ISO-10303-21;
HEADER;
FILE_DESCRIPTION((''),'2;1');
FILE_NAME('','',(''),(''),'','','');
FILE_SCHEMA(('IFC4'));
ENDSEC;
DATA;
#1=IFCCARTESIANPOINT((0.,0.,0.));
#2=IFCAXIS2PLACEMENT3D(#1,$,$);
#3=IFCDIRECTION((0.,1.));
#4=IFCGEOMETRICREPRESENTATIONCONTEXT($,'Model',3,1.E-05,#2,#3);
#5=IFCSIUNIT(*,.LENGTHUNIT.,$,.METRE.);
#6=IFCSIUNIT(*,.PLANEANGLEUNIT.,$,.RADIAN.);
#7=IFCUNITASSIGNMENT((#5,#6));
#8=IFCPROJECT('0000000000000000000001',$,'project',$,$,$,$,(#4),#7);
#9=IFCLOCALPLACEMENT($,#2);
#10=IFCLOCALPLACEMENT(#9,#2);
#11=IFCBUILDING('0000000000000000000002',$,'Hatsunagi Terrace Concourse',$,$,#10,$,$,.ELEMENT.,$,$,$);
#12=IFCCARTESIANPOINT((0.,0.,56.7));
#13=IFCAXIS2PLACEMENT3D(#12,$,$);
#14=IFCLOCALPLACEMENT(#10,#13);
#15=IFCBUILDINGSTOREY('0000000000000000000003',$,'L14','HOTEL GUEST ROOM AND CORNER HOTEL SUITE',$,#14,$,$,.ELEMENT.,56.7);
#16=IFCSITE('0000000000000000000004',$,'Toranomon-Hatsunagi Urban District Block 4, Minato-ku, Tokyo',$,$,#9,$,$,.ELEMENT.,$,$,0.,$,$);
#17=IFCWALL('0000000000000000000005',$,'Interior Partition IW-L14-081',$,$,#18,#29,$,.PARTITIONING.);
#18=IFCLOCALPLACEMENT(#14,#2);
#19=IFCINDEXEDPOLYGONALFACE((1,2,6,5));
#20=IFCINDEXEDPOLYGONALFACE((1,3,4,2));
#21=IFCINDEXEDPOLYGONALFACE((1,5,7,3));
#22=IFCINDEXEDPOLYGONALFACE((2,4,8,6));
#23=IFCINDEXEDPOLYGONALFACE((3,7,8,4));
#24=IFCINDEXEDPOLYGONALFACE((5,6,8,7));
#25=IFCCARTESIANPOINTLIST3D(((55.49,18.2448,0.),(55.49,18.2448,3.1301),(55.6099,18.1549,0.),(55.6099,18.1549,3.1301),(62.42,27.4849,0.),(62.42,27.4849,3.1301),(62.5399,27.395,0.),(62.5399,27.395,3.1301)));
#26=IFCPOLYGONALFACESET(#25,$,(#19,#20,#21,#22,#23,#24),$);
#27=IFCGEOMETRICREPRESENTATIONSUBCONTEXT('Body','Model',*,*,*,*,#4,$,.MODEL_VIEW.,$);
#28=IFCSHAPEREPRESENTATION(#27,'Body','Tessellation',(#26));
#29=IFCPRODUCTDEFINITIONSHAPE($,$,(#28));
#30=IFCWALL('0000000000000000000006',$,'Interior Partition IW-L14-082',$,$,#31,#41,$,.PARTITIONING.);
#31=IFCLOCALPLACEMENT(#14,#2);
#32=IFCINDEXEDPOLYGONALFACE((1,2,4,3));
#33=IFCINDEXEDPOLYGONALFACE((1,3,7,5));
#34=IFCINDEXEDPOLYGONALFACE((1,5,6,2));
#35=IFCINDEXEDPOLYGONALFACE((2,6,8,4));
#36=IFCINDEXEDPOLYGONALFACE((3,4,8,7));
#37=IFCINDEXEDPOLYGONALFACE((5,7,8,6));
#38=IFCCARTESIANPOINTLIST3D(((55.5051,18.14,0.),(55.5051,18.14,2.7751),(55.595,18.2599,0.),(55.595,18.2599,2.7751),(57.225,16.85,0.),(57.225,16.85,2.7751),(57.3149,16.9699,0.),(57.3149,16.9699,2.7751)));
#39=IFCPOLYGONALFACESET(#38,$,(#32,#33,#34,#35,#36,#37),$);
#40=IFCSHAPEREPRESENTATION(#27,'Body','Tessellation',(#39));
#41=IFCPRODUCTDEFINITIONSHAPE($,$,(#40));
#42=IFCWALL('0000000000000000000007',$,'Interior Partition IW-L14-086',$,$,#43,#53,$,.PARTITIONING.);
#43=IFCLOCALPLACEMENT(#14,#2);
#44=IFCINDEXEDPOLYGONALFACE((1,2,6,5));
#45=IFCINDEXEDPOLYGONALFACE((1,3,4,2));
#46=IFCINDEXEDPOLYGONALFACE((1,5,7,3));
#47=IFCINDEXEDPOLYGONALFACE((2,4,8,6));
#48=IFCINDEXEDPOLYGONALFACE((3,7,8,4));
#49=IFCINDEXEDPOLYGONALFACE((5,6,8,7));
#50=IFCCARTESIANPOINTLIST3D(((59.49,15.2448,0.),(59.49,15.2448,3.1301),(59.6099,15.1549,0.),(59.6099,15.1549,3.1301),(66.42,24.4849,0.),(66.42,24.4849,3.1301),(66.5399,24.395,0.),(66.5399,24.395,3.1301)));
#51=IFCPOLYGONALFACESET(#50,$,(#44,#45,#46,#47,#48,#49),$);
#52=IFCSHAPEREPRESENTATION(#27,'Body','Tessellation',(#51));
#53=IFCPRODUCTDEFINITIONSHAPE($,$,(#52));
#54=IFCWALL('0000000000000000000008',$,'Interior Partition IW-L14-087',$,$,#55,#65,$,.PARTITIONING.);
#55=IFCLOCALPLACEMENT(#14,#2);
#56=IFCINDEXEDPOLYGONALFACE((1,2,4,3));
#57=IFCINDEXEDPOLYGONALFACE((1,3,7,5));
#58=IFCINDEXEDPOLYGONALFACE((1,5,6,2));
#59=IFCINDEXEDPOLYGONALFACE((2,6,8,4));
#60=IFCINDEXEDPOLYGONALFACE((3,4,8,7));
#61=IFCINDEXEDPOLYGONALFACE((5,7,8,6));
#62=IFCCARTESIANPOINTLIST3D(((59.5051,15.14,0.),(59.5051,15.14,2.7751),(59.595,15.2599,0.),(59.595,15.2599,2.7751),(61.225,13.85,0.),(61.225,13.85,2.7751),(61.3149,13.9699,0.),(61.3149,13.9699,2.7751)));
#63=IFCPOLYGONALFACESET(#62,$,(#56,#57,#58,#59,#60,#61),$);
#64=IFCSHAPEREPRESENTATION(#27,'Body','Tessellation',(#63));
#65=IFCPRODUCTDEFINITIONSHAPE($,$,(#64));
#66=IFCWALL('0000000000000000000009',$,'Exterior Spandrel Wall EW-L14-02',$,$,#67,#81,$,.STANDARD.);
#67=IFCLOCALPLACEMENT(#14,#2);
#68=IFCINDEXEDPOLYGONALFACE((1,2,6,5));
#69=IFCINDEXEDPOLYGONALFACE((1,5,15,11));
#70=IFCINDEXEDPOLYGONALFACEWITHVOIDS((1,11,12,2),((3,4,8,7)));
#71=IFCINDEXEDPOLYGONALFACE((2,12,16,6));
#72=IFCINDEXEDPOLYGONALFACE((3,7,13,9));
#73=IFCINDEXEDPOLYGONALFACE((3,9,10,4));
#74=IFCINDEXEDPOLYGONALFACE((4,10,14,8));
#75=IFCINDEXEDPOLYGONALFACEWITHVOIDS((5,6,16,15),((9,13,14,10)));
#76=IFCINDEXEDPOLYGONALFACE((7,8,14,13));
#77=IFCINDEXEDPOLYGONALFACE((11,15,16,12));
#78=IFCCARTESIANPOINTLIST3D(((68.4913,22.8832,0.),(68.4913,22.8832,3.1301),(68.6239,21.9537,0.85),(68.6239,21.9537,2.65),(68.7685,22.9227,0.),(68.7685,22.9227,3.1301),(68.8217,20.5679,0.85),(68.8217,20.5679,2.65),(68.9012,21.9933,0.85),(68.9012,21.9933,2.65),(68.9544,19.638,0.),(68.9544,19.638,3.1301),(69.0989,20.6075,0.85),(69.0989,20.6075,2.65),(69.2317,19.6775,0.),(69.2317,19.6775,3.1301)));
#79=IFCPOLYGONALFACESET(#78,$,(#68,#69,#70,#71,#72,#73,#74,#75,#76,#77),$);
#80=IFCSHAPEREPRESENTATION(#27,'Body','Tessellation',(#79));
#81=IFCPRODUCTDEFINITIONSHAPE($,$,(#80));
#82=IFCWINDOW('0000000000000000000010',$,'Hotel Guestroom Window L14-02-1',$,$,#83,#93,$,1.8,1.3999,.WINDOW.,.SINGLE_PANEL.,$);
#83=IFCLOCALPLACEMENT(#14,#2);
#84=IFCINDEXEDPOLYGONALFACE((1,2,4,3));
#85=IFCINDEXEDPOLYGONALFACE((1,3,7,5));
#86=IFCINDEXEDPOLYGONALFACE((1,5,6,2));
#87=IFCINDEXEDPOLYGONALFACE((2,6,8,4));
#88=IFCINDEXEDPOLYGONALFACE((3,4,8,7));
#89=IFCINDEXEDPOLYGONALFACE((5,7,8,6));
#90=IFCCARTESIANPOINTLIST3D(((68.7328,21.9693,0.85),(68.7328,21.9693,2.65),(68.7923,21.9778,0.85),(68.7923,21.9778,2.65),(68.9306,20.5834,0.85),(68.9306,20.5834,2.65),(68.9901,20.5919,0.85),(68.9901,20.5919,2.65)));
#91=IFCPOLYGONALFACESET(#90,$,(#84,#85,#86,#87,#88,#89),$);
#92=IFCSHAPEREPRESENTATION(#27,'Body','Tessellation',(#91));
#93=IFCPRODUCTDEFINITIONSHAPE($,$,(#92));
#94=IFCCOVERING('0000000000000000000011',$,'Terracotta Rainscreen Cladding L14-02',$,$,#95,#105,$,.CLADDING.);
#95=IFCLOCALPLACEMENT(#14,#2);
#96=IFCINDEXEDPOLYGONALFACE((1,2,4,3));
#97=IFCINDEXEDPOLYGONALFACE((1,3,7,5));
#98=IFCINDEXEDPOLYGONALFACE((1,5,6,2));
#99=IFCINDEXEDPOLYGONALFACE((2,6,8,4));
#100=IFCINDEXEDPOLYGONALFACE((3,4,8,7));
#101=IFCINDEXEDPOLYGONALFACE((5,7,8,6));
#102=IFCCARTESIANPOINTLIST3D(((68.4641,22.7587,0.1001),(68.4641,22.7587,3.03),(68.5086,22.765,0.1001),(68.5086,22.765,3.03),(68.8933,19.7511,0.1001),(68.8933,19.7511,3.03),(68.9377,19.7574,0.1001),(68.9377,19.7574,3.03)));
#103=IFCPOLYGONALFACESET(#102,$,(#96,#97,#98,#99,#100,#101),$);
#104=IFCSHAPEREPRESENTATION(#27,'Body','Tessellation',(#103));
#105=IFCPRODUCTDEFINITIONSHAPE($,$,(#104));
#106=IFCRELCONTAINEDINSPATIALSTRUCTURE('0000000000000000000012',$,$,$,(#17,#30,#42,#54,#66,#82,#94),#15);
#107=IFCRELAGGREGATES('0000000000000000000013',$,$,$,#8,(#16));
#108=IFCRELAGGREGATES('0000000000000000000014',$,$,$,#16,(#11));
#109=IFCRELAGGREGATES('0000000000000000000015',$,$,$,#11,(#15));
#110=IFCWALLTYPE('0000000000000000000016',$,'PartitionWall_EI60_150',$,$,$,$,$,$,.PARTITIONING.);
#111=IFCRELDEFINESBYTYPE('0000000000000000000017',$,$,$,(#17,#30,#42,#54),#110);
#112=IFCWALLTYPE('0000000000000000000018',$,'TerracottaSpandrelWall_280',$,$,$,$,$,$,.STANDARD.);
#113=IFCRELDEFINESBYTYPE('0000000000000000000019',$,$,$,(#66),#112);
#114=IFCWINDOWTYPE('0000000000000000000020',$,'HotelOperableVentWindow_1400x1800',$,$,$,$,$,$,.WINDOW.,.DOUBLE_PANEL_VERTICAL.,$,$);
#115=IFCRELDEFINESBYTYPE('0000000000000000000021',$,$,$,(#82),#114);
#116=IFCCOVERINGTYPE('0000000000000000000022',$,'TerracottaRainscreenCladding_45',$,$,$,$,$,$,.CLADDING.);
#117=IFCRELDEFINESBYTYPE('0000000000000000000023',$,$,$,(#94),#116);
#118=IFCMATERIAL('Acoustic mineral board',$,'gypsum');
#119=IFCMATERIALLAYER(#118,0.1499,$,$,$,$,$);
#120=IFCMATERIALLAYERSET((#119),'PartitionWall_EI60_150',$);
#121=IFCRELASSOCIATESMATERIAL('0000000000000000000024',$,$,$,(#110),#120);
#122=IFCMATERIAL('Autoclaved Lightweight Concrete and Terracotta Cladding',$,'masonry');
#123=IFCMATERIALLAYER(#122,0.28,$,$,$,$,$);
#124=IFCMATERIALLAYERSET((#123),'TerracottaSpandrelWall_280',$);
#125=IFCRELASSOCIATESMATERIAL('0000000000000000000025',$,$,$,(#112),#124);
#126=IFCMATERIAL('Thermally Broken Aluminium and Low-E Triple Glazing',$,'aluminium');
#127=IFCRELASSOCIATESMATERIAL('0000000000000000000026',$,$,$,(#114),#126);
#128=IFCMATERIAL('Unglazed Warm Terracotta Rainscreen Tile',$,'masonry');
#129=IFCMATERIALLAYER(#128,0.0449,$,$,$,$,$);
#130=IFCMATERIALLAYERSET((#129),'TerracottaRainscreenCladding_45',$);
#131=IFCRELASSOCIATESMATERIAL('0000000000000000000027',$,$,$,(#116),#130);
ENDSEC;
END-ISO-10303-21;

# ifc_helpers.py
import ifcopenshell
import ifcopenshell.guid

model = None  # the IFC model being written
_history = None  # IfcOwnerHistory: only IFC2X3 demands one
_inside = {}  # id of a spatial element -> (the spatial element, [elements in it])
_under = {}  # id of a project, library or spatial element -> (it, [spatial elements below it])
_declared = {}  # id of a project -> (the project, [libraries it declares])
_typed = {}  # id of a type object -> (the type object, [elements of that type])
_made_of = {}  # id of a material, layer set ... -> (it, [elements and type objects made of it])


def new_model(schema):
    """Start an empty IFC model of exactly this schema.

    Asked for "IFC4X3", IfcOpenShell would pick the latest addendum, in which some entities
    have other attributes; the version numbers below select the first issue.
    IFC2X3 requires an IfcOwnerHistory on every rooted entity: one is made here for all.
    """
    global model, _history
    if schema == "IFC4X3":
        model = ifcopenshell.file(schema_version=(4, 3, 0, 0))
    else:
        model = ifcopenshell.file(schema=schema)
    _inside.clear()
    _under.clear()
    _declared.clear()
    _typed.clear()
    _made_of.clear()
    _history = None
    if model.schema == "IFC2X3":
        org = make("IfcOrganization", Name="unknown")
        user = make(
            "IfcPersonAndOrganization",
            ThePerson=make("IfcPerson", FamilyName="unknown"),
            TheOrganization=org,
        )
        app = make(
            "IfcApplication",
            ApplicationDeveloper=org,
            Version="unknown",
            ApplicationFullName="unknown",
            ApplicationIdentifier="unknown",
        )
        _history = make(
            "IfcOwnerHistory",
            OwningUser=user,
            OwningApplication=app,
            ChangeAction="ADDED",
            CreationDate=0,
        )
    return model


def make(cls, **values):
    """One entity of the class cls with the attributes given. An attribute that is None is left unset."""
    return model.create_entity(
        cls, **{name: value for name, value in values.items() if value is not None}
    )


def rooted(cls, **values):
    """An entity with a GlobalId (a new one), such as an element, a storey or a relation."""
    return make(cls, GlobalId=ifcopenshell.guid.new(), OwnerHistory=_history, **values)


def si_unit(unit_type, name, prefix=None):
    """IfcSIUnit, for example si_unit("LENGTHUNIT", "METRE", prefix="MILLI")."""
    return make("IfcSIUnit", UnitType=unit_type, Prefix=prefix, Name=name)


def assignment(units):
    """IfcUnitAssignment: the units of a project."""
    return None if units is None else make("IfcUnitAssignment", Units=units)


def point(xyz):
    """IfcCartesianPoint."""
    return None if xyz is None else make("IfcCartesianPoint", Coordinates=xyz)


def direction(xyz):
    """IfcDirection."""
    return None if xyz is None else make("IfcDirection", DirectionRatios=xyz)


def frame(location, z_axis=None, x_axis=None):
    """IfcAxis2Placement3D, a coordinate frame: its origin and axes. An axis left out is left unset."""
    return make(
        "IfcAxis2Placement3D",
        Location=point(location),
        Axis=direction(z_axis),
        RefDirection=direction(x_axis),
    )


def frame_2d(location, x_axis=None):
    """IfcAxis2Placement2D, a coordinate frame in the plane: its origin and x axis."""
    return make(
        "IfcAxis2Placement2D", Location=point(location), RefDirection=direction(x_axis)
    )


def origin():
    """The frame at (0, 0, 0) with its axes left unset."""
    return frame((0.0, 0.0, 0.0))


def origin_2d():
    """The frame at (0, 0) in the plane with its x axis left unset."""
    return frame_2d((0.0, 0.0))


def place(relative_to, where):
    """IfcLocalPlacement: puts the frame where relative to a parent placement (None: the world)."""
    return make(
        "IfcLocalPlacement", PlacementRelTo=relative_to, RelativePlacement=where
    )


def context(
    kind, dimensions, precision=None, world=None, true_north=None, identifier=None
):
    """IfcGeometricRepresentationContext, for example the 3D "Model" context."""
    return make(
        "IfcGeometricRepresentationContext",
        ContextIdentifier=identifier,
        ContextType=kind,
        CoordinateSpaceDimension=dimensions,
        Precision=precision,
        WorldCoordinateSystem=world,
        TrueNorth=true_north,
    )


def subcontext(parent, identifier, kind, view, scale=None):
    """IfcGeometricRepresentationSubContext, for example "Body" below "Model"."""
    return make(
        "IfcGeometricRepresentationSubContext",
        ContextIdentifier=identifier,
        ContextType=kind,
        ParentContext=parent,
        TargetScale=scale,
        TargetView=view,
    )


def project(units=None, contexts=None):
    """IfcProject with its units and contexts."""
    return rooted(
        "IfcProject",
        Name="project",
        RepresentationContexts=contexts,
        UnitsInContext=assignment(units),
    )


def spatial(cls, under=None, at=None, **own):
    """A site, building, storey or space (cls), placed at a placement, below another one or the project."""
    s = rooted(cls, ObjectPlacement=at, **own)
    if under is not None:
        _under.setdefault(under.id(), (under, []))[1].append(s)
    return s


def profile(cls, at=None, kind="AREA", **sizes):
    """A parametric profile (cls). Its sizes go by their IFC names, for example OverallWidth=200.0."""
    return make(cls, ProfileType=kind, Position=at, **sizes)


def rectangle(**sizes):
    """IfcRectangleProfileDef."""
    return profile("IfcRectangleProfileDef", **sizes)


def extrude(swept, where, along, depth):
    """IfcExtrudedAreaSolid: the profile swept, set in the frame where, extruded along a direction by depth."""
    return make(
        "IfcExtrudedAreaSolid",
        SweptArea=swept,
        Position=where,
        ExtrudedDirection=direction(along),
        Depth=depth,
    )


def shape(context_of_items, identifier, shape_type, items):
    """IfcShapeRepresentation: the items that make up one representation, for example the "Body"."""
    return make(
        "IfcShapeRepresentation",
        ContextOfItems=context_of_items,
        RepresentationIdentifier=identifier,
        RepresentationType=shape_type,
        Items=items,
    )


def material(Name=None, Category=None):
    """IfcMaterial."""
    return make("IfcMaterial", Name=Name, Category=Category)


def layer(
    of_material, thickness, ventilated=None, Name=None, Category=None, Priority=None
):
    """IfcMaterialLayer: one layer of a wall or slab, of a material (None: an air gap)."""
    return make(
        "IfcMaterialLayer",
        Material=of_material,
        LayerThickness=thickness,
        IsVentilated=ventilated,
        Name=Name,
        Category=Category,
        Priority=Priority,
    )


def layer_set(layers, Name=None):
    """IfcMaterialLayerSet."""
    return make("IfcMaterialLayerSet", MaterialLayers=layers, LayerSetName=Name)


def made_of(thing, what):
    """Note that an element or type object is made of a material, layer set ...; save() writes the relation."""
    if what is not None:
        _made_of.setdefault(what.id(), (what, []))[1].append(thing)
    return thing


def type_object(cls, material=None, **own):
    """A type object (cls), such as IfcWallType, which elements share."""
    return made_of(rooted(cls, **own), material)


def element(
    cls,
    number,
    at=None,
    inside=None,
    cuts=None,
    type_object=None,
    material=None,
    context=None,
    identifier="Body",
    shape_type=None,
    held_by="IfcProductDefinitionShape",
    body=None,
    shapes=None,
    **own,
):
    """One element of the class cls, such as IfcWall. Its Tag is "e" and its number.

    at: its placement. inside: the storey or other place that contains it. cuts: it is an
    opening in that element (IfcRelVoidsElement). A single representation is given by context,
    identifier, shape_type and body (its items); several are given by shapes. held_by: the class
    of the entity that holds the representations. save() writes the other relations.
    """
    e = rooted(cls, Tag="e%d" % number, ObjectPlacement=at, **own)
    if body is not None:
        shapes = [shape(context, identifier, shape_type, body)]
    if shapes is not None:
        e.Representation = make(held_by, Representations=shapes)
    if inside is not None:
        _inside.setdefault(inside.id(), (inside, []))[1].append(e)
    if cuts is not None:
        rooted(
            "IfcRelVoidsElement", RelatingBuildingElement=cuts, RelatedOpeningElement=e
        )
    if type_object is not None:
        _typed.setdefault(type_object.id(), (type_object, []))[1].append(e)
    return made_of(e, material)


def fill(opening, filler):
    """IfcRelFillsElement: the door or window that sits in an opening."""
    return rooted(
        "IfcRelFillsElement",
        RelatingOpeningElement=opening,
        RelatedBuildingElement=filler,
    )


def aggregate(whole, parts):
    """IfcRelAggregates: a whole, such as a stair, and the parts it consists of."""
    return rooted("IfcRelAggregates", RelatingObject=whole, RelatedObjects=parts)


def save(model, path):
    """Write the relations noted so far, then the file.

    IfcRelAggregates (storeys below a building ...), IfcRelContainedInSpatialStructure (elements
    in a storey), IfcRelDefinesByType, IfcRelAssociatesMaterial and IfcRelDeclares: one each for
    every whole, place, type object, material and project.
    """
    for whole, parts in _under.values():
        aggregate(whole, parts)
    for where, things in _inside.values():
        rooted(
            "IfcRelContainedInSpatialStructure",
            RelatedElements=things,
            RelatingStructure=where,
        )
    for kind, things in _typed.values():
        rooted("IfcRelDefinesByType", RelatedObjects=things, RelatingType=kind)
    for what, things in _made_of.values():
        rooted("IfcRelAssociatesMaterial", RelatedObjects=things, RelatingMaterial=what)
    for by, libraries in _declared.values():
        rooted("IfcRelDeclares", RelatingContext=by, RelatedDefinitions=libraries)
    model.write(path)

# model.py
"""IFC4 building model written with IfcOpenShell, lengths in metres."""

from ifc_helpers import new_model, si_unit, direction, frame, frame_2d, origin, origin_2d, place, context, subcontext, project, spatial, rectangle, extrude, material, layer, layer_set, type_object, element, fill, save


model = new_model("IFC4")

# Units and contexts
model_context = context("Model", 3, precision=1e-05, world=origin(), true_north=direction((0.0, 1.0)))
body_context = subcontext(model_context, "Body", "Model", "MODEL_VIEW")
ifc_project = project(units=[si_unit("LENGTHUNIT", "METRE"), si_unit("PLANEANGLEUNIT", "RADIAN")], contexts=[model_context])

# Site, building, storey
site_placement = place(None, origin())
site = spatial("IfcSite", under=ifc_project, at=site_placement, Name="Toranomon-Hatsunagi Urban District Block 4, Minato-ku, Tokyo", CompositionType="ELEMENT", RefElevation=0.0)
building_placement = place(site_placement, origin())
building = spatial("IfcBuilding", under=site, at=building_placement, Name="Hatsunagi Terrace Concourse", CompositionType="ELEMENT")
storey_placement = place(building_placement, frame((0.0, 0.0, 56.7)))
storey = spatial("IfcBuildingStorey", under=building, at=storey_placement, Name="L14", Description="HOTEL GUEST ROOM AND CORNER HOTEL SUITE", CompositionType="ELEMENT", Elevation=56.7)

# Walls
ifc_material_1 = material(Name="Acoustic mineral board", Category="gypsum")
ifc_layer_1 = layer(ifc_material_1, 0.1499)
ifc_layer_set_1 = layer_set([ifc_layer_1], Name="PartitionWall_EI60_150")
wall_type_1 = type_object("IfcWallType", Name="PartitionWall_EI60_150", PredefinedType="PARTITIONING", material=ifc_layer_set_1)
wall_1_placement = place(storey_placement, frame((55.55, 18.2, 0.0), z_axis=(0.0, 0.0, 1.0), x_axis=(0.599997, 0.800003, 0.0)))
element("IfcWall", 1, at=wall_1_placement, inside=storey, type_object=wall_type_1, Name="Interior Partition IW-L14-081", PredefinedType="PARTITIONING", context=body_context, shape_type="SweptSolid", body=[
    extrude(rectangle(XDim=11.55, YDim=0.1499, at=frame_2d((5.7749, 0.0))), origin(), (0.0, 0.0, 1.0), 3.1301),
])
wall_2_placement = place(storey_placement, frame((55.55, 18.2, 0.0), z_axis=(0.0, 0.0, 1.0), x_axis=(0.799986, -0.600018, 0.0)))
element("IfcWall", 2, at=wall_2_placement, inside=storey, type_object=wall_type_1, Name="Interior Partition IW-L14-082", PredefinedType="PARTITIONING", context=body_context, shape_type="SweptSolid", body=[
    extrude(rectangle(XDim=2.1499, YDim=0.1499, at=frame_2d((1.075, 0.0))), origin(), (0.0, 0.0, 1.0), 2.7751),
])

# Walls
wall_3_placement = place(storey_placement, frame((59.55, 15.2, 0.0), z_axis=(0.0, 0.0, 1.0), x_axis=(0.599997, 0.800003, 0.0)))
element("IfcWall", 3, at=wall_3_placement, inside=storey, type_object=wall_type_1, Name="Interior Partition IW-L14-086", PredefinedType="PARTITIONING", context=body_context, shape_type="SweptSolid", body=[
    extrude(rectangle(XDim=11.55, YDim=0.1499, at=frame_2d((5.7749, 0.0))), origin(), (0.0, 0.0, 1.0), 3.1301),
])
wall_4_placement = place(storey_placement, frame((59.55, 15.2, 0.0), z_axis=(0.0, 0.0, 1.0), x_axis=(0.799986, -0.600018, 0.0)))
element("IfcWall", 4, at=wall_4_placement, inside=storey, type_object=wall_type_1, Name="Interior Partition IW-L14-087", PredefinedType="PARTITIONING", context=body_context, shape_type="SweptSolid", body=[
    extrude(rectangle(XDim=2.1499, YDim=0.1499, at=frame_2d((1.075, 0.0))), origin(), (0.0, 0.0, 1.0), 2.7751),
])

# Wall, opening, window
ifc_material_2 = material(Name="Autoclaved Lightweight Concrete and Terracotta Cladding", Category="masonry")
ifc_layer_2 = layer(ifc_material_2, 0.28)
ifc_layer_set_2 = layer_set([ifc_layer_2], Name="TerracottaSpandrelWall_280")
wall_type_2 = type_object("IfcWallType", Name="TerracottaSpandrelWall_280", PredefinedType="STANDARD", material=ifc_layer_set_2)
wall_5_placement = place(storey_placement, frame((68.6299, 22.9031, 0.0), z_axis=(0.0, 0.0, 1.0), x_axis=(0.141286, -0.989969, 0.0)))
wall_5 = element("IfcWall", 5, at=wall_5_placement, inside=storey, type_object=wall_type_2, Name="Exterior Spandrel Wall EW-L14-02", PredefinedType="STANDARD", context=body_context, shape_type="SweptSolid", body=[
    extrude(rectangle(XDim=3.2781, YDim=0.28, at=frame_2d((1.6392, 0.0))), origin(), (0.0, 0.0, 1.0), 3.1301),
])
opening_1_placement = place(wall_5_placement, frame((0.939, 0.0, 0.8501)))
opening_1 = element("IfcOpeningElement", 6, at=opening_1_placement, cuts=wall_5, PredefinedType="OPENING", context=body_context, shape_type="SweptSolid", body=[
    extrude(rectangle(XDim=1.3999, YDim=1.8, at=frame_2d((0.7, 0.8999))), frame((0.0, 0.1499, 0.0), z_axis=(0.0, -1.0, 0.0), x_axis=(1.0, 0.0, 0.0)), (0.0, 0.0, 1.0), 0.3),
])
ifc_material_3 = material(Name="Thermally Broken Aluminium and Low-E Triple Glazing", Category="aluminium")
window_type = type_object("IfcWindowType", Name="HotelOperableVentWindow_1400x1800", PartitioningType="DOUBLE_PANEL_VERTICAL", PredefinedType="WINDOW", material=ifc_material_3)
window_placement = place(opening_1_placement, origin())
window = element("IfcWindow", 7, at=window_placement, inside=storey, type_object=window_type, Name="Hotel Guestroom Window L14-02-1", OverallHeight=1.8, OverallWidth=1.3999, PartitioningType="SINGLE_PANEL", PredefinedType="WINDOW", context=body_context, shape_type="SweptSolid", body=[
    extrude(rectangle(XDim=1.3999, YDim=1.8, at=frame_2d((0.7, 0.8999))), frame((0.0, 0.03, 0.0), z_axis=(0.0, -1.0, 0.0), x_axis=(1.0, 0.0, 0.0)), (0.0, 0.0, 1.0), 0.0601),
])
fill(opening_1, window)

# Covering
ifc_material_4 = material(Name="Unglazed Warm Terracotta Rainscreen Tile", Category="masonry")
ifc_layer_3 = layer(ifc_material_4, 0.0449)
ifc_layer_set_3 = layer_set([ifc_layer_3], Name="TerracottaRainscreenCladding_45")
covering_type = type_object("IfcCoveringType", Name="TerracottaRainscreenCladding_45", PredefinedType="CLADDING", material=ifc_layer_set_3)
covering_placement = place(storey_placement, frame((68.7009, 21.2581, 0.1001), z_axis=(0.0, 0.0, 1.0), x_axis=(0.14125, -0.989974, 0.0)))
element("IfcCovering", 8, at=covering_placement, inside=storey, type_object=covering_type, Name="Terracotta Rainscreen Cladding L14-02", PredefinedType="CLADDING", context=body_context, shape_type="SweptSolid", body=[
    extrude(rectangle(XDim=3.0381, YDim=0.0449, at=origin_2d()), origin(), (0.0, 0.0, 1.0), 2.9299),
])

save(model, "model.ifc")
